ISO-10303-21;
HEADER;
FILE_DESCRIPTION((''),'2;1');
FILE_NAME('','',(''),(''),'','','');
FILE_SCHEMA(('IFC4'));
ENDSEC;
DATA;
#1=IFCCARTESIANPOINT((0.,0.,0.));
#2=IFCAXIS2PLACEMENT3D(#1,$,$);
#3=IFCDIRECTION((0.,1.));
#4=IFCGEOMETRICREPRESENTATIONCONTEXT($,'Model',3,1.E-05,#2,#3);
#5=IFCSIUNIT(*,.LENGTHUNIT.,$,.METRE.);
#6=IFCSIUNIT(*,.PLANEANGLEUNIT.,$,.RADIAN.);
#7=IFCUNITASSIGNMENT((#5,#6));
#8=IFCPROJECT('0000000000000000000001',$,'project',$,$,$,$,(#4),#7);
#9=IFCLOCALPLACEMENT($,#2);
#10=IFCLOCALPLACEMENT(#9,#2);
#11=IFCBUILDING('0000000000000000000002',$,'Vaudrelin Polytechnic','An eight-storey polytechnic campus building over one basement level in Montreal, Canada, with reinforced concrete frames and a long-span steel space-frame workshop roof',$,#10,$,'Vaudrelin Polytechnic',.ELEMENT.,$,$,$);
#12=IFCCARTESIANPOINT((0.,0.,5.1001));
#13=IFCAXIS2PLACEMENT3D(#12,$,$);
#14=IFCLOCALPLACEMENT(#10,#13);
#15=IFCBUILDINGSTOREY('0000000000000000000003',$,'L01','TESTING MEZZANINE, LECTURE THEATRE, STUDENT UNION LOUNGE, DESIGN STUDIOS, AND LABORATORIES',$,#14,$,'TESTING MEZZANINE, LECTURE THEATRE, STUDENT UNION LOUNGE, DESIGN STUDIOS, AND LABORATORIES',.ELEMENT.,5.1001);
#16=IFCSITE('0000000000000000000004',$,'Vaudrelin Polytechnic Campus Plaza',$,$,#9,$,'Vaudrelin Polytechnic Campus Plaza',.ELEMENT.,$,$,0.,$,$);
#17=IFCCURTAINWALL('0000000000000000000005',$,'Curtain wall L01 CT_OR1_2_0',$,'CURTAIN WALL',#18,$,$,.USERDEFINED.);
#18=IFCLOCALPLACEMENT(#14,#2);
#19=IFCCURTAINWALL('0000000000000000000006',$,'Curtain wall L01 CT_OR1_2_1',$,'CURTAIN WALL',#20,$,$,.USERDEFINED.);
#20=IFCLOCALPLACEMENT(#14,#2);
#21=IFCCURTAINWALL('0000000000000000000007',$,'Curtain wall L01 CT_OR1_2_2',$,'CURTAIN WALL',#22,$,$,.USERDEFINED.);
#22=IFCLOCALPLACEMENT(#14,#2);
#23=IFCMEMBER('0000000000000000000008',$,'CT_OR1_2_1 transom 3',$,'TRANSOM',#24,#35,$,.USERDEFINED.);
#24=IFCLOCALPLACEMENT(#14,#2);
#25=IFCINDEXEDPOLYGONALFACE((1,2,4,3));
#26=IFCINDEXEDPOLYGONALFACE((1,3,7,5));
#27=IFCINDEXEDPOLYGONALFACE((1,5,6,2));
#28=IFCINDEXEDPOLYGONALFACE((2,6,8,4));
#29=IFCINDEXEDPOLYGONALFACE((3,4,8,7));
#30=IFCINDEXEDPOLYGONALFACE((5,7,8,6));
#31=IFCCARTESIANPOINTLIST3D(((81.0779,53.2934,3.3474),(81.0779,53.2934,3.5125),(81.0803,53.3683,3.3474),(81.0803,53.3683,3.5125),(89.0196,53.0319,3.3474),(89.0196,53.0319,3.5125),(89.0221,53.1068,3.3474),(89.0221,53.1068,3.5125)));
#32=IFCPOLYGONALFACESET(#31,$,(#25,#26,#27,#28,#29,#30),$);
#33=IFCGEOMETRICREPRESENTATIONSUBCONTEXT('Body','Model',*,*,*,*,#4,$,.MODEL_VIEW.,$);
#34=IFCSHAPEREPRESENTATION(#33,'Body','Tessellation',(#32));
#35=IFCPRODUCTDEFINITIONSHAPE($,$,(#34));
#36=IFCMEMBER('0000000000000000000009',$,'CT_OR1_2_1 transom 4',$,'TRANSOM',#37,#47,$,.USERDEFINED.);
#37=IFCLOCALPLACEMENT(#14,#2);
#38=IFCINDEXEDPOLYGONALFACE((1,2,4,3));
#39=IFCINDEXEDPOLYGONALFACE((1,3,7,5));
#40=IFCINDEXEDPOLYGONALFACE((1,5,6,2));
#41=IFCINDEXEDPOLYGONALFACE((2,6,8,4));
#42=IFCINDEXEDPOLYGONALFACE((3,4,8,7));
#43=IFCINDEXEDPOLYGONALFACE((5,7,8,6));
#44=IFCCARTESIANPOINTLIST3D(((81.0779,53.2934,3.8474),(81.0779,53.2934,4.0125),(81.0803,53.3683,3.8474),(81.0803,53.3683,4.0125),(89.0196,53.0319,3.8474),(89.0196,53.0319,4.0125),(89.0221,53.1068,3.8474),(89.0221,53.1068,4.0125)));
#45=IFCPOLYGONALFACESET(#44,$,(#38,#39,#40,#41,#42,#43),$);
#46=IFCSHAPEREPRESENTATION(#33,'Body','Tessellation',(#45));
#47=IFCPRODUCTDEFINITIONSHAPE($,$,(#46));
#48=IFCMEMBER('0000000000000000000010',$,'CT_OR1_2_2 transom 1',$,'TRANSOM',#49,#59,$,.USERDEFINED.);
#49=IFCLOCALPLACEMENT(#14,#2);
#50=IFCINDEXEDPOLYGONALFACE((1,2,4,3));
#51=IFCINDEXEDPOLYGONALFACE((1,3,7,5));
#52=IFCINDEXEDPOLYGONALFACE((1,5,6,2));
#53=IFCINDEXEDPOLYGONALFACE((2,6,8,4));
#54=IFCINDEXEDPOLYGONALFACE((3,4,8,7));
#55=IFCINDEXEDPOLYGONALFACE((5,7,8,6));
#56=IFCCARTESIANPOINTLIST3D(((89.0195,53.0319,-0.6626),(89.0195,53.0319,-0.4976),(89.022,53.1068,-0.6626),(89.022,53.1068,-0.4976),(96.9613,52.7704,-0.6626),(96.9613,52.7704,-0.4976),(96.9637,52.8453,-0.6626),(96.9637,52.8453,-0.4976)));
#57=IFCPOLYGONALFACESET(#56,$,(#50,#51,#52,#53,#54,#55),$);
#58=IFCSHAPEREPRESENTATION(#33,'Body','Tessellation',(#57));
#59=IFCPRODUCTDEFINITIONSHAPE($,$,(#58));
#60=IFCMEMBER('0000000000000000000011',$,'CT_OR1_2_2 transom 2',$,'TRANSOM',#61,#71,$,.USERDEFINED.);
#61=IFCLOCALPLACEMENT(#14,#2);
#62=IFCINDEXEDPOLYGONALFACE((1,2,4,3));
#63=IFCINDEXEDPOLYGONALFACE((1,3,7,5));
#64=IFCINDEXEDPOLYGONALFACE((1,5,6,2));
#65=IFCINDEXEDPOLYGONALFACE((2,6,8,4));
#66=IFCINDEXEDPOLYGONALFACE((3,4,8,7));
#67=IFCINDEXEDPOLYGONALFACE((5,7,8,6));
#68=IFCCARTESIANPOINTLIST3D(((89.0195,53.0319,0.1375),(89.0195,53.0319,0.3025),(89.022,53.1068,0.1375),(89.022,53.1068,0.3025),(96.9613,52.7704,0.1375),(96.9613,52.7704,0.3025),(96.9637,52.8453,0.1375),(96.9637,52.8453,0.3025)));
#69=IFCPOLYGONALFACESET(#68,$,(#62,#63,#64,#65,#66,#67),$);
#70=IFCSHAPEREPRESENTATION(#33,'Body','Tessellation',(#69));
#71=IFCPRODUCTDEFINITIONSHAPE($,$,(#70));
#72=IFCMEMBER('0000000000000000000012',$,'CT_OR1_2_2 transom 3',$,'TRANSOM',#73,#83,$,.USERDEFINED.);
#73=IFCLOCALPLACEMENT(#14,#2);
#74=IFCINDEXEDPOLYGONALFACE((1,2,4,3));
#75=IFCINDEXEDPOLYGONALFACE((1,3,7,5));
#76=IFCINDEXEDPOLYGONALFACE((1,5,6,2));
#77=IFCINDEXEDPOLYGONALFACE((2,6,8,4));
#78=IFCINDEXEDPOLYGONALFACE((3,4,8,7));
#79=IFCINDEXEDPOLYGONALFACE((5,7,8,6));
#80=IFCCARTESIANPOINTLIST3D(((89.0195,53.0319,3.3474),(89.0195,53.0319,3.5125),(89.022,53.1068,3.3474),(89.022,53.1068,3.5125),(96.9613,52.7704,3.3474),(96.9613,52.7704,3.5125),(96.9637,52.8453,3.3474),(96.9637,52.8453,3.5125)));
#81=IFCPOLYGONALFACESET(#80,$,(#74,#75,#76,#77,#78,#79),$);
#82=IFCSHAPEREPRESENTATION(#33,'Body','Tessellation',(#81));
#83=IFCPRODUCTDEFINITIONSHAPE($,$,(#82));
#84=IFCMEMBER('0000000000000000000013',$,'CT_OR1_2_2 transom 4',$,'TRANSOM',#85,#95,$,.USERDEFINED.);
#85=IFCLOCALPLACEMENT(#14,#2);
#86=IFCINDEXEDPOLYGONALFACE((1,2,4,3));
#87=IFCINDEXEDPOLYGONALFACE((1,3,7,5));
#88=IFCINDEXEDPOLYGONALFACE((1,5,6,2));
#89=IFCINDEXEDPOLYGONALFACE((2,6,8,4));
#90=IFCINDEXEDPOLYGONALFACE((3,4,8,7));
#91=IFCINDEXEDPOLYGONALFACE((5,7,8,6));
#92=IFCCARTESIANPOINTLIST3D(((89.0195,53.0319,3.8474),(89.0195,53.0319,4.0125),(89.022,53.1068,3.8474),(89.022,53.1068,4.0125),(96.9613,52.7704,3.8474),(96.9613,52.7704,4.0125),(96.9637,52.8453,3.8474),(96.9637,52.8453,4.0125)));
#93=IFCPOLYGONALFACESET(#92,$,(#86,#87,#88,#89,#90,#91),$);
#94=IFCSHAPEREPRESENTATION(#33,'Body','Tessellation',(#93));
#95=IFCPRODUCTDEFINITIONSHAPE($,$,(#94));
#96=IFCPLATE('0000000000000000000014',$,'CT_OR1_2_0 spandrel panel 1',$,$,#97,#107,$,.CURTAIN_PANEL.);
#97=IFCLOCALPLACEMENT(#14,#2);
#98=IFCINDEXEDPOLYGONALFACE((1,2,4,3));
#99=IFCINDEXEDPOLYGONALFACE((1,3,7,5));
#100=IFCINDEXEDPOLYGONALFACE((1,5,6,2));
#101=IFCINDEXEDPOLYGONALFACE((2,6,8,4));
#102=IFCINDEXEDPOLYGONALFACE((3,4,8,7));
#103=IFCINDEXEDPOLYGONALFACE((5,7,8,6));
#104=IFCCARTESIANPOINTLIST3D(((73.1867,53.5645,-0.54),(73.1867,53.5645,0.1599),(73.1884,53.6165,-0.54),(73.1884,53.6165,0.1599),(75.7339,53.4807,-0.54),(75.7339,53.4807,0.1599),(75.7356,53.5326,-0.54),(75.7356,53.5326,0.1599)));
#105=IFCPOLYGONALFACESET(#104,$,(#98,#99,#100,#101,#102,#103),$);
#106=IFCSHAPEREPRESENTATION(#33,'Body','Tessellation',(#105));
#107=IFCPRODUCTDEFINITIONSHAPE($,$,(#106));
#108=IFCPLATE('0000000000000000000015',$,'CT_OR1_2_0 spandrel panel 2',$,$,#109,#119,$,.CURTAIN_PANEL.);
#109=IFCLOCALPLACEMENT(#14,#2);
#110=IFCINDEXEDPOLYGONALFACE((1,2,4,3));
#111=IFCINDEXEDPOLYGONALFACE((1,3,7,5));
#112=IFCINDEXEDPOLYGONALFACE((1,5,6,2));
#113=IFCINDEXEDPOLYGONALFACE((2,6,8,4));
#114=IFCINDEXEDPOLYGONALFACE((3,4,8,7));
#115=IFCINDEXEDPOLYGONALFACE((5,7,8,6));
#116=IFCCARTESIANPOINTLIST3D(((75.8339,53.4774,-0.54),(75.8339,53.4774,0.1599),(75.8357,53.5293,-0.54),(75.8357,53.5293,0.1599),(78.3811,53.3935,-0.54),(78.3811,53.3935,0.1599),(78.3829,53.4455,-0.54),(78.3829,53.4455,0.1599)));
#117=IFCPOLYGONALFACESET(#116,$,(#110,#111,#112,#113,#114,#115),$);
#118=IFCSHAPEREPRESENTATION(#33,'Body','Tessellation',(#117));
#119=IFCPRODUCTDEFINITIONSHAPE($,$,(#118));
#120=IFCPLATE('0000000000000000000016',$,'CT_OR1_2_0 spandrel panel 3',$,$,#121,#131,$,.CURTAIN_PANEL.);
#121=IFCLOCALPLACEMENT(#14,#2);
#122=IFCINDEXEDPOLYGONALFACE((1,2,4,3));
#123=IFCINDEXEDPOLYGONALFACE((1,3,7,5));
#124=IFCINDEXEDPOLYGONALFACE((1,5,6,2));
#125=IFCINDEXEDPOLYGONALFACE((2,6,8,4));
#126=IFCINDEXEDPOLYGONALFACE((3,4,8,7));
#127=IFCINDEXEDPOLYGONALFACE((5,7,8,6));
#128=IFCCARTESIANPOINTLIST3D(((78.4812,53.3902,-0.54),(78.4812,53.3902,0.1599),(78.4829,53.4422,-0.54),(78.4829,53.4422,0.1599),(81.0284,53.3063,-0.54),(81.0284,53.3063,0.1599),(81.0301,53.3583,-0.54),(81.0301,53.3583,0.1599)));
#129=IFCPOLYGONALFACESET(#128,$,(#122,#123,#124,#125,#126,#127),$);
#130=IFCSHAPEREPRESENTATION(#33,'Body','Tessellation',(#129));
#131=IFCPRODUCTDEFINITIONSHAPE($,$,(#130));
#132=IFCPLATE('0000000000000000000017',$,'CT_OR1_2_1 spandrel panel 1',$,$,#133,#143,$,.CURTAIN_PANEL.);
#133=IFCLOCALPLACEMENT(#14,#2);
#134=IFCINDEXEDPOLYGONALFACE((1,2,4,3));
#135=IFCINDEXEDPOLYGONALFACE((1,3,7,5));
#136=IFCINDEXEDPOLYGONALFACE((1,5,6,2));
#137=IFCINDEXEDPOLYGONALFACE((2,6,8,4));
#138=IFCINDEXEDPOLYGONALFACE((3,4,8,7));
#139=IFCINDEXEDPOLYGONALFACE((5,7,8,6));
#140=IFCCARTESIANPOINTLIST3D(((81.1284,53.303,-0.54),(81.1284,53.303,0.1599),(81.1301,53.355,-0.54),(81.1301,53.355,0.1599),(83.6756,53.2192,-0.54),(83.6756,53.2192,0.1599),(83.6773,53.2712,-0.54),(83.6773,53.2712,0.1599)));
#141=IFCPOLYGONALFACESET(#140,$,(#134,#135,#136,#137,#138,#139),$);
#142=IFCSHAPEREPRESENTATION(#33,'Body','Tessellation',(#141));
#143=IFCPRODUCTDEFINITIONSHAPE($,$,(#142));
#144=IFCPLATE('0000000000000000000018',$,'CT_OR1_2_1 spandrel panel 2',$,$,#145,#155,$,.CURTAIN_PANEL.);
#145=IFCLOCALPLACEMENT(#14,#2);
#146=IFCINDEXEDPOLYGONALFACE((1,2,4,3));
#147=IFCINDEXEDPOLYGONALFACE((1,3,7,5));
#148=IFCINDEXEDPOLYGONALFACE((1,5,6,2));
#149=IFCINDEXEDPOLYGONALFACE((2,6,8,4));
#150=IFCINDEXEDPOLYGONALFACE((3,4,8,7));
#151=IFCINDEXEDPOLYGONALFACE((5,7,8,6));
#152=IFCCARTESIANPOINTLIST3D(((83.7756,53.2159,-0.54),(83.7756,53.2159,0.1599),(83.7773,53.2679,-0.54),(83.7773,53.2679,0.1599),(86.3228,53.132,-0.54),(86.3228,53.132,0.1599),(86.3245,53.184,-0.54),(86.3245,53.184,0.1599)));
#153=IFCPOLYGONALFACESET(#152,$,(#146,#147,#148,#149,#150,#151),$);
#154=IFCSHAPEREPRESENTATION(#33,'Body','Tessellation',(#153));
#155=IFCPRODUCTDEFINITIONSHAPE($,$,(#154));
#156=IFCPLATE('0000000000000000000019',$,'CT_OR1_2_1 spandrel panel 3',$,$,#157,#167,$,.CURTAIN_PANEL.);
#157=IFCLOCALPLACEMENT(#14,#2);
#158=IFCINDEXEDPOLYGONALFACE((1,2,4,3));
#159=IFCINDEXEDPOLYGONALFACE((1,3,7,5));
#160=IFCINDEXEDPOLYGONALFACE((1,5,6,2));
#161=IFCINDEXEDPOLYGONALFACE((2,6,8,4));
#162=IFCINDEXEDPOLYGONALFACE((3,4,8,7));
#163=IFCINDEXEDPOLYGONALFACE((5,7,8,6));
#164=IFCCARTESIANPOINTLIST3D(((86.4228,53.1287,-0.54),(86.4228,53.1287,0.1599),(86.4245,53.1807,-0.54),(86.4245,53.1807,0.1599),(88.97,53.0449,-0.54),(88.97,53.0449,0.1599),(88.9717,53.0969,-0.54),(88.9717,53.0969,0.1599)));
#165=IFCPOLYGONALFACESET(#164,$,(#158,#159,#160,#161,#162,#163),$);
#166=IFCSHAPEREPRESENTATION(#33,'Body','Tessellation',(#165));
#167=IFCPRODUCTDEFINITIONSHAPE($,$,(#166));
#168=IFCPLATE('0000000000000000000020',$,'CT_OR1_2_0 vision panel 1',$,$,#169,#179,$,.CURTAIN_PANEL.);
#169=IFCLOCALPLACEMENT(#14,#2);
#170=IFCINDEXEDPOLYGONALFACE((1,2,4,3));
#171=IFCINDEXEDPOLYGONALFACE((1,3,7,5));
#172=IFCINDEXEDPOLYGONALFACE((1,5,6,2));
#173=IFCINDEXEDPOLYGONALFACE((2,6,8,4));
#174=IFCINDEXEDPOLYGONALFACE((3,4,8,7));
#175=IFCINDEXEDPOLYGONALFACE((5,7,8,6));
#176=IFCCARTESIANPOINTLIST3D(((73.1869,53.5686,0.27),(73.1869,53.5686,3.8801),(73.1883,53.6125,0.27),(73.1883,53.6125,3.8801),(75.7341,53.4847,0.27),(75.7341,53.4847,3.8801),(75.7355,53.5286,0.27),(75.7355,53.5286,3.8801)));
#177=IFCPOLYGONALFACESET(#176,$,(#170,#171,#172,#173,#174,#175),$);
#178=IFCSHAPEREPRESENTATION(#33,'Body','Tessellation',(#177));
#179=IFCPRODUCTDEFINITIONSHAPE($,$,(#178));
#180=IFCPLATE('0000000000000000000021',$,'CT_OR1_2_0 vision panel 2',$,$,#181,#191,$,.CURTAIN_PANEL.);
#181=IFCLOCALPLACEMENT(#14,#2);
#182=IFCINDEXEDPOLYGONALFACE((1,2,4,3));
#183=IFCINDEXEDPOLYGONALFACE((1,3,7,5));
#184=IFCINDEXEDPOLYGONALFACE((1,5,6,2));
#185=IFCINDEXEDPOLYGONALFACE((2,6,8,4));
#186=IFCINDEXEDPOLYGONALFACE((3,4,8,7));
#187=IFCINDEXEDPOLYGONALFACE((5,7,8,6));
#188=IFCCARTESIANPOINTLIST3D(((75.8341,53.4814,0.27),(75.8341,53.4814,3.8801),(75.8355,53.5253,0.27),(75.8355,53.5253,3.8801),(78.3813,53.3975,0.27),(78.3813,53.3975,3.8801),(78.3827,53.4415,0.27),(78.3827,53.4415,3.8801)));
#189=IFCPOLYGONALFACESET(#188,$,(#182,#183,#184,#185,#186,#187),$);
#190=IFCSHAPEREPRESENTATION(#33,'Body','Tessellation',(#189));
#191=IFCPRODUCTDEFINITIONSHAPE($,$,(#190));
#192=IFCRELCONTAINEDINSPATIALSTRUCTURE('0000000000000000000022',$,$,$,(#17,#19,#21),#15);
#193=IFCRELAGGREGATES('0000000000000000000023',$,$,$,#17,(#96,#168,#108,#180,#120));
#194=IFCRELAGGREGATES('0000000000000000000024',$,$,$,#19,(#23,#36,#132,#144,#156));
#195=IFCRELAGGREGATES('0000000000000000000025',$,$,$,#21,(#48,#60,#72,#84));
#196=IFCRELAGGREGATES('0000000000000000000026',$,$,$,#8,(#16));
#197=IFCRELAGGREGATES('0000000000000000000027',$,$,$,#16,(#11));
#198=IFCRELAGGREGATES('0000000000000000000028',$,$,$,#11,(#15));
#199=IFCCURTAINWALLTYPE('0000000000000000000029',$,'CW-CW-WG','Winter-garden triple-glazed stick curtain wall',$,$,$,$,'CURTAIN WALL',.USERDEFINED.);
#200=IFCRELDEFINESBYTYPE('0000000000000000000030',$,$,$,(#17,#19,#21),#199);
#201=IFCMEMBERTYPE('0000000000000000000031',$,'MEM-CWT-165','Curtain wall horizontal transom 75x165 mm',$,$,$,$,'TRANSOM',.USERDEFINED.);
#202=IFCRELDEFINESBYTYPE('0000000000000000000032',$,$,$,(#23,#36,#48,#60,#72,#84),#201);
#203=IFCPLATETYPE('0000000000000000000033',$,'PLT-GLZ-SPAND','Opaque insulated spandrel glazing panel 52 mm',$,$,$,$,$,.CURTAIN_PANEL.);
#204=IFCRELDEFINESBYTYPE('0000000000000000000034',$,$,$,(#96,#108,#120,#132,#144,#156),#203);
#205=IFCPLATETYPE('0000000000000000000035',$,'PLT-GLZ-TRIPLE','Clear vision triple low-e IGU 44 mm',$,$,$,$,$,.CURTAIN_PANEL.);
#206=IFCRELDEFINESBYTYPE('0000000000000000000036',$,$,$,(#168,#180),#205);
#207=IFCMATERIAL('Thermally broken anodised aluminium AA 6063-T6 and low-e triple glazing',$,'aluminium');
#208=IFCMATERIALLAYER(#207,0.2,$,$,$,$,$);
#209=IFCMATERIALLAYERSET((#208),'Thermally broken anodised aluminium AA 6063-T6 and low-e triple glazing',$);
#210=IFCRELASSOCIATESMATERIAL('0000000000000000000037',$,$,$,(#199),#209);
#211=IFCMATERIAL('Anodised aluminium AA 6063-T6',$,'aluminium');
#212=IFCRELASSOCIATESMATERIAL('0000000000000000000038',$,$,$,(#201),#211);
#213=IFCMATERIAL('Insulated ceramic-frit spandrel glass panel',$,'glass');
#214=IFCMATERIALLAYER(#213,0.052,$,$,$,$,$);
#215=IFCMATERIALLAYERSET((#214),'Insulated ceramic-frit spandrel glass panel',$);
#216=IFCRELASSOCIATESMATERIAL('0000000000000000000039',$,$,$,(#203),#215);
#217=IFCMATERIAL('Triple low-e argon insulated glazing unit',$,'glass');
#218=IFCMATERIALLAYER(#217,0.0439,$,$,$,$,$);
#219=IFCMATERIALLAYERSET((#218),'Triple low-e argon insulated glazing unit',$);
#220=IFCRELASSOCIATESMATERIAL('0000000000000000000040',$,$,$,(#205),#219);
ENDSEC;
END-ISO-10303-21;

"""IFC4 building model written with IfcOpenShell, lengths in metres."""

from ifc_helpers import new_model, si_unit, direction, frame, origin, origin_2d, place, context, subcontext, project, spatial, rectangle, extrude, material, layer, layer_set, material_profile, profile_set, type_object, element, aggregate, save


model = new_model("IFC4")

# Units and contexts
model_context = context("Model", 3, precision=1e-05, world=origin(), true_north=direction((0.0, 1.0)))
body_context = subcontext(model_context, "Body", "Model", "MODEL_VIEW")
ifc_project = project(units=[si_unit("LENGTHUNIT", "METRE"), si_unit("PLANEANGLEUNIT", "RADIAN")], contexts=[model_context])

# Site, building, storey
site_placement = place(None, origin())
site = spatial("IfcSite", under=ifc_project, at=site_placement, Name="Vaudrelin Polytechnic Campus Plaza", LongName="Vaudrelin Polytechnic Campus Plaza", CompositionType="ELEMENT", RefElevation=0.0)
building_placement = place(site_placement, origin())
building = spatial("IfcBuilding", under=site, at=building_placement, Name="Vaudrelin Polytechnic", Description="An eight-storey polytechnic campus building over one basement level in Montreal, Canada, with reinforced concrete frames and a long-span steel space-frame workshop roof", LongName="Vaudrelin Polytechnic", CompositionType="ELEMENT")
storey_placement = place(building_placement, frame((0.0, 0.0, 5.1001)))
storey = spatial("IfcBuildingStorey", under=building, at=storey_placement, Name="L01", Description="TESTING MEZZANINE, LECTURE THEATRE, STUDENT UNION LOUNGE, DESIGN STUDIOS, AND LABORATORIES", LongName="TESTING MEZZANINE, LECTURE THEATRE, STUDENT UNION LOUNGE, DESIGN STUDIOS, AND LABORATORIES", CompositionType="ELEMENT", Elevation=5.1001)

# Curtain walls
ifc_material_1 = material(Name="Thermally broken anodised aluminium AA 6063-T6 and low-e triple glazing", Category="aluminium")
ifc_layer_1 = layer(ifc_material_1, 0.2)
ifc_layer_set_1 = layer_set([ifc_layer_1], Name="Thermally broken anodised aluminium AA 6063-T6 and low-e triple glazing")
curtain_wall_type = type_object("IfcCurtainWallType", Name="CW-CW-WG", Description="Winter-garden triple-glazed stick curtain wall", ElementType="CURTAIN WALL", PredefinedType="USERDEFINED", material=ifc_layer_set_1)
curtain_wall_1_placement = place(storey_placement, origin())
curtain_wall_1 = element("IfcCurtainWall", 1, at=curtain_wall_1_placement, inside=storey, type_object=curtain_wall_type, Name="Curtain wall L01 CT_OR1_2_0", ObjectType="CURTAIN WALL", PredefinedType="USERDEFINED")
ifc_material_2 = material(Name="Anodised aluminium AA 6063-T6", Category="aluminium")
curtain_wall_2_placement = place(storey_placement, origin())
curtain_wall_2 = element("IfcCurtainWall", 2, at=curtain_wall_2_placement, inside=storey, type_object=curtain_wall_type, Name="Curtain wall L01 CT_OR1_2_1", ObjectType="CURTAIN WALL", PredefinedType="USERDEFINED")

# Curtain wall
curtain_wall_3_placement = place(storey_placement, origin())
curtain_wall_3 = element("IfcCurtainWall", 3, at=curtain_wall_3_placement, inside=storey, type_object=curtain_wall_type, Name="Curtain wall L01 CT_OR1_2_2", ObjectType="CURTAIN WALL", PredefinedType="USERDEFINED")

# Members
ifc_material_profile_1 = material_profile(ifc_material_2, rectangle(XDim=0.075, YDim=0.165, at=origin_2d()), Name="CWT-75x165")
ifc_profile_set_1 = profile_set([ifc_material_profile_1], Name="Anodised aluminium AA 6063-T6")
member_type_1 = type_object("IfcMemberType", Name="MEM-CWT-165", Description="Curtain wall horizontal transom 75x165 mm", ElementType="TRANSOM", PredefinedType="USERDEFINED", material=ifc_profile_set_1)
member_1_placement = place(storey_placement, frame((81.0791, 53.3308, 3.4299), z_axis=(0.999458, -0.032907, 0.0), x_axis=(0.032907, 0.999458, 0.0)))
member_1 = element("IfcMember", 4, at=member_1_placement, type_object=member_type_1, Name="CT_OR1_2_1 transom 3", ObjectType="TRANSOM", PredefinedType="USERDEFINED", context=body_context, shape_type="SweptSolid", body=[
    extrude(rectangle(XDim=0.075, YDim=0.165, at=origin_2d()), origin(), (0.0, 0.0, 1.0), 7.946),
])
member_2_placement = place(storey_placement, frame((81.0791, 53.3308, 3.9299), z_axis=(0.999458, -0.032907, 0.0), x_axis=(0.032907, 0.999458, 0.0)))
member_2 = element("IfcMember", 5, at=member_2_placement, type_object=member_type_1, Name="CT_OR1_2_1 transom 4", ObjectType="TRANSOM", PredefinedType="USERDEFINED", context=body_context, shape_type="SweptSolid", body=[
    extrude(rectangle(XDim=0.075, YDim=0.165, at=origin_2d()), origin(), (0.0, 0.0, 1.0), 7.946),
])
member_3_placement = place(storey_placement, frame((89.0208, 53.0693, -0.5801), z_axis=(0.999458, -0.032907, 0.0), x_axis=(0.032907, 0.999458, 0.0)))
member_3 = element("IfcMember", 6, at=member_3_placement, type_object=member_type_1, Name="CT_OR1_2_2 transom 1", ObjectType="TRANSOM", PredefinedType="USERDEFINED", context=body_context, shape_type="SweptSolid", body=[
    extrude(rectangle(XDim=0.075, YDim=0.165, at=origin_2d()), origin(), (0.0, 0.0, 1.0), 7.946),
])
member_4_placement = place(storey_placement, frame((89.0208, 53.0693, 0.22), z_axis=(0.999458, -0.032907, 0.0), x_axis=(0.032907, 0.999458, 0.0)))
member_4 = element("IfcMember", 7, at=member_4_placement, type_object=member_type_1, Name="CT_OR1_2_2 transom 2", ObjectType="TRANSOM", PredefinedType="USERDEFINED", context=body_context, shape_type="SweptSolid", body=[
    extrude(rectangle(XDim=0.075, YDim=0.165, at=origin_2d()), origin(), (0.0, 0.0, 1.0), 7.946),
])
member_5_placement = place(storey_placement, frame((89.0208, 53.0693, 3.4299), z_axis=(0.999458, -0.032907, 0.0), x_axis=(0.032907, 0.999458, 0.0)))
member_5 = element("IfcMember", 8, at=member_5_placement, type_object=member_type_1, Name="CT_OR1_2_2 transom 3", ObjectType="TRANSOM", PredefinedType="USERDEFINED", context=body_context, shape_type="SweptSolid", body=[
    extrude(rectangle(XDim=0.075, YDim=0.165, at=origin_2d()), origin(), (0.0, 0.0, 1.0), 7.946),
])
member_6_placement = place(storey_placement, frame((89.0208, 53.0693, 3.9299), z_axis=(0.999458, -0.032907, 0.0), x_axis=(0.032907, 0.999458, 0.0)))
member_6 = element("IfcMember", 9, at=member_6_placement, type_object=member_type_1, Name="CT_OR1_2_2 transom 4", ObjectType="TRANSOM", PredefinedType="USERDEFINED", context=body_context, shape_type="SweptSolid", body=[
    extrude(rectangle(XDim=0.075, YDim=0.165, at=origin_2d()), origin(), (0.0, 0.0, 1.0), 7.946),
])

# Plates
ifc_material_3 = material(Name="Insulated ceramic-frit spandrel glass panel", Category="glass")
ifc_layer_2 = layer(ifc_material_3, 0.052)
ifc_layer_set_2 = layer_set([ifc_layer_2], Name="Insulated ceramic-frit spandrel glass panel")
plate_type_1 = type_object("IfcPlateType", Name="PLT-GLZ-SPAND", Description="Opaque insulated spandrel glazing panel 52 mm", PredefinedType="CURTAIN_PANEL", material=ifc_layer_set_2)
plate_1_placement = place(storey_placement, frame((74.4612, 53.5486, -0.54), z_axis=(0.0, 0.0, 1.0), x_axis=(0.999458, -0.03291, 0.0)))
plate_1 = element("IfcPlate", 10, at=plate_1_placement, type_object=plate_type_1, Name="CT_OR1_2_0 spandrel panel 1", PredefinedType="CURTAIN_PANEL", context=body_context, shape_type="SweptSolid", body=[
    extrude(rectangle(XDim=2.5486, YDim=0.052, at=origin_2d()), origin(), (0.0, 0.0, 1.0), 0.7),
])
plate_2_placement = place(storey_placement, frame((77.1084, 53.4614, -0.54), z_axis=(0.0, 0.0, 1.0), x_axis=(0.999458, -0.03291, 0.0)))
plate_2 = element("IfcPlate", 11, at=plate_2_placement, type_object=plate_type_1, Name="CT_OR1_2_0 spandrel panel 2", PredefinedType="CURTAIN_PANEL", context=body_context, shape_type="SweptSolid", body=[
    extrude(rectangle(XDim=2.5486, YDim=0.052, at=origin_2d()), origin(), (0.0, 0.0, 1.0), 0.7),
])
plate_3_placement = place(storey_placement, frame((79.7556, 53.3743, -0.54), z_axis=(0.0, 0.0, 1.0), x_axis=(0.999458, -0.03291, 0.0)))
plate_3 = element("IfcPlate", 12, at=plate_3_placement, type_object=plate_type_1, Name="CT_OR1_2_0 spandrel panel 3", PredefinedType="CURTAIN_PANEL", context=body_context, shape_type="SweptSolid", body=[
    extrude(rectangle(XDim=2.5486, YDim=0.052, at=origin_2d()), origin(), (0.0, 0.0, 1.0), 0.7),
])
plate_4_placement = place(storey_placement, frame((82.4028, 53.2871, -0.54), z_axis=(0.0, 0.0, 1.0), x_axis=(0.999459, -0.032897, 0.0)))
plate_4 = element("IfcPlate", 13, at=plate_4_placement, type_object=plate_type_1, Name="CT_OR1_2_1 spandrel panel 1", PredefinedType="CURTAIN_PANEL", context=body_context, shape_type="SweptSolid", body=[
    extrude(rectangle(XDim=2.5486, YDim=0.052, at=origin_2d()), origin(), (0.0, 0.0, 1.0), 0.7),
])
plate_5_placement = place(storey_placement, frame((85.05, 53.2, -0.54), z_axis=(0.0, 0.0, 1.0), x_axis=(0.999459, -0.032897, 0.0)))
plate_5 = element("IfcPlate", 14, at=plate_5_placement, type_object=plate_type_1, Name="CT_OR1_2_1 spandrel panel 2", PredefinedType="CURTAIN_PANEL", context=body_context, shape_type="SweptSolid", body=[
    extrude(rectangle(XDim=2.5486, YDim=0.052, at=origin_2d()), origin(), (0.0, 0.0, 1.0), 0.7),
])
plate_6_placement = place(storey_placement, frame((87.6973, 53.1128, -0.54), z_axis=(0.0, 0.0, 1.0), x_axis=(0.999459, -0.032897, 0.0)))
plate_6 = element("IfcPlate", 15, at=plate_6_placement, type_object=plate_type_1, Name="CT_OR1_2_1 spandrel panel 3", PredefinedType="CURTAIN_PANEL", context=body_context, shape_type="SweptSolid", body=[
    extrude(rectangle(XDim=2.5486, YDim=0.052, at=origin_2d()), origin(), (0.0, 0.0, 1.0), 0.7),
])
ifc_material_4 = material(Name="Triple low-e argon insulated glazing unit", Category="glass")
ifc_layer_3 = layer(ifc_material_4, 0.0439)
ifc_layer_set_3 = layer_set([ifc_layer_3], Name="Triple low-e argon insulated glazing unit")
plate_type_2 = type_object("IfcPlateType", Name="PLT-GLZ-TRIPLE", Description="Clear vision triple low-e IGU 44 mm", PredefinedType="CURTAIN_PANEL", material=ifc_layer_set_3)
plate_7_placement = place(storey_placement, frame((74.4612, 53.5486, 0.27), z_axis=(0.0, 0.0, 1.0), x_axis=(0.999458, -0.03291, 0.0)))
plate_7 = element("IfcPlate", 16, at=plate_7_placement, type_object=plate_type_2, Name="CT_OR1_2_0 vision panel 1", PredefinedType="CURTAIN_PANEL", context=body_context, shape_type="SweptSolid", body=[
    extrude(rectangle(XDim=2.5486, YDim=0.0439, at=origin_2d()), origin(), (0.0, 0.0, 1.0), 3.6101),
])
plate_8_placement = place(storey_placement, frame((77.1084, 53.4614, 0.27), z_axis=(0.0, 0.0, 1.0), x_axis=(0.999458, -0.03291, 0.0)))
plate_8 = element("IfcPlate", 17, at=plate_8_placement, type_object=plate_type_2, Name="CT_OR1_2_0 vision panel 2", PredefinedType="CURTAIN_PANEL", context=body_context, shape_type="SweptSolid", body=[
    extrude(rectangle(XDim=2.5486, YDim=0.0439, at=origin_2d()), origin(), (0.0, 0.0, 1.0), 3.6101),
])
aggregate(curtain_wall_1, [plate_1, plate_7, plate_2, plate_8, plate_3])
aggregate(curtain_wall_2, [member_1, member_2, plate_4, plate_5, plate_6])
aggregate(curtain_wall_3, [member_3, member_4, member_5, member_6])

save(model, "model.ifc")
